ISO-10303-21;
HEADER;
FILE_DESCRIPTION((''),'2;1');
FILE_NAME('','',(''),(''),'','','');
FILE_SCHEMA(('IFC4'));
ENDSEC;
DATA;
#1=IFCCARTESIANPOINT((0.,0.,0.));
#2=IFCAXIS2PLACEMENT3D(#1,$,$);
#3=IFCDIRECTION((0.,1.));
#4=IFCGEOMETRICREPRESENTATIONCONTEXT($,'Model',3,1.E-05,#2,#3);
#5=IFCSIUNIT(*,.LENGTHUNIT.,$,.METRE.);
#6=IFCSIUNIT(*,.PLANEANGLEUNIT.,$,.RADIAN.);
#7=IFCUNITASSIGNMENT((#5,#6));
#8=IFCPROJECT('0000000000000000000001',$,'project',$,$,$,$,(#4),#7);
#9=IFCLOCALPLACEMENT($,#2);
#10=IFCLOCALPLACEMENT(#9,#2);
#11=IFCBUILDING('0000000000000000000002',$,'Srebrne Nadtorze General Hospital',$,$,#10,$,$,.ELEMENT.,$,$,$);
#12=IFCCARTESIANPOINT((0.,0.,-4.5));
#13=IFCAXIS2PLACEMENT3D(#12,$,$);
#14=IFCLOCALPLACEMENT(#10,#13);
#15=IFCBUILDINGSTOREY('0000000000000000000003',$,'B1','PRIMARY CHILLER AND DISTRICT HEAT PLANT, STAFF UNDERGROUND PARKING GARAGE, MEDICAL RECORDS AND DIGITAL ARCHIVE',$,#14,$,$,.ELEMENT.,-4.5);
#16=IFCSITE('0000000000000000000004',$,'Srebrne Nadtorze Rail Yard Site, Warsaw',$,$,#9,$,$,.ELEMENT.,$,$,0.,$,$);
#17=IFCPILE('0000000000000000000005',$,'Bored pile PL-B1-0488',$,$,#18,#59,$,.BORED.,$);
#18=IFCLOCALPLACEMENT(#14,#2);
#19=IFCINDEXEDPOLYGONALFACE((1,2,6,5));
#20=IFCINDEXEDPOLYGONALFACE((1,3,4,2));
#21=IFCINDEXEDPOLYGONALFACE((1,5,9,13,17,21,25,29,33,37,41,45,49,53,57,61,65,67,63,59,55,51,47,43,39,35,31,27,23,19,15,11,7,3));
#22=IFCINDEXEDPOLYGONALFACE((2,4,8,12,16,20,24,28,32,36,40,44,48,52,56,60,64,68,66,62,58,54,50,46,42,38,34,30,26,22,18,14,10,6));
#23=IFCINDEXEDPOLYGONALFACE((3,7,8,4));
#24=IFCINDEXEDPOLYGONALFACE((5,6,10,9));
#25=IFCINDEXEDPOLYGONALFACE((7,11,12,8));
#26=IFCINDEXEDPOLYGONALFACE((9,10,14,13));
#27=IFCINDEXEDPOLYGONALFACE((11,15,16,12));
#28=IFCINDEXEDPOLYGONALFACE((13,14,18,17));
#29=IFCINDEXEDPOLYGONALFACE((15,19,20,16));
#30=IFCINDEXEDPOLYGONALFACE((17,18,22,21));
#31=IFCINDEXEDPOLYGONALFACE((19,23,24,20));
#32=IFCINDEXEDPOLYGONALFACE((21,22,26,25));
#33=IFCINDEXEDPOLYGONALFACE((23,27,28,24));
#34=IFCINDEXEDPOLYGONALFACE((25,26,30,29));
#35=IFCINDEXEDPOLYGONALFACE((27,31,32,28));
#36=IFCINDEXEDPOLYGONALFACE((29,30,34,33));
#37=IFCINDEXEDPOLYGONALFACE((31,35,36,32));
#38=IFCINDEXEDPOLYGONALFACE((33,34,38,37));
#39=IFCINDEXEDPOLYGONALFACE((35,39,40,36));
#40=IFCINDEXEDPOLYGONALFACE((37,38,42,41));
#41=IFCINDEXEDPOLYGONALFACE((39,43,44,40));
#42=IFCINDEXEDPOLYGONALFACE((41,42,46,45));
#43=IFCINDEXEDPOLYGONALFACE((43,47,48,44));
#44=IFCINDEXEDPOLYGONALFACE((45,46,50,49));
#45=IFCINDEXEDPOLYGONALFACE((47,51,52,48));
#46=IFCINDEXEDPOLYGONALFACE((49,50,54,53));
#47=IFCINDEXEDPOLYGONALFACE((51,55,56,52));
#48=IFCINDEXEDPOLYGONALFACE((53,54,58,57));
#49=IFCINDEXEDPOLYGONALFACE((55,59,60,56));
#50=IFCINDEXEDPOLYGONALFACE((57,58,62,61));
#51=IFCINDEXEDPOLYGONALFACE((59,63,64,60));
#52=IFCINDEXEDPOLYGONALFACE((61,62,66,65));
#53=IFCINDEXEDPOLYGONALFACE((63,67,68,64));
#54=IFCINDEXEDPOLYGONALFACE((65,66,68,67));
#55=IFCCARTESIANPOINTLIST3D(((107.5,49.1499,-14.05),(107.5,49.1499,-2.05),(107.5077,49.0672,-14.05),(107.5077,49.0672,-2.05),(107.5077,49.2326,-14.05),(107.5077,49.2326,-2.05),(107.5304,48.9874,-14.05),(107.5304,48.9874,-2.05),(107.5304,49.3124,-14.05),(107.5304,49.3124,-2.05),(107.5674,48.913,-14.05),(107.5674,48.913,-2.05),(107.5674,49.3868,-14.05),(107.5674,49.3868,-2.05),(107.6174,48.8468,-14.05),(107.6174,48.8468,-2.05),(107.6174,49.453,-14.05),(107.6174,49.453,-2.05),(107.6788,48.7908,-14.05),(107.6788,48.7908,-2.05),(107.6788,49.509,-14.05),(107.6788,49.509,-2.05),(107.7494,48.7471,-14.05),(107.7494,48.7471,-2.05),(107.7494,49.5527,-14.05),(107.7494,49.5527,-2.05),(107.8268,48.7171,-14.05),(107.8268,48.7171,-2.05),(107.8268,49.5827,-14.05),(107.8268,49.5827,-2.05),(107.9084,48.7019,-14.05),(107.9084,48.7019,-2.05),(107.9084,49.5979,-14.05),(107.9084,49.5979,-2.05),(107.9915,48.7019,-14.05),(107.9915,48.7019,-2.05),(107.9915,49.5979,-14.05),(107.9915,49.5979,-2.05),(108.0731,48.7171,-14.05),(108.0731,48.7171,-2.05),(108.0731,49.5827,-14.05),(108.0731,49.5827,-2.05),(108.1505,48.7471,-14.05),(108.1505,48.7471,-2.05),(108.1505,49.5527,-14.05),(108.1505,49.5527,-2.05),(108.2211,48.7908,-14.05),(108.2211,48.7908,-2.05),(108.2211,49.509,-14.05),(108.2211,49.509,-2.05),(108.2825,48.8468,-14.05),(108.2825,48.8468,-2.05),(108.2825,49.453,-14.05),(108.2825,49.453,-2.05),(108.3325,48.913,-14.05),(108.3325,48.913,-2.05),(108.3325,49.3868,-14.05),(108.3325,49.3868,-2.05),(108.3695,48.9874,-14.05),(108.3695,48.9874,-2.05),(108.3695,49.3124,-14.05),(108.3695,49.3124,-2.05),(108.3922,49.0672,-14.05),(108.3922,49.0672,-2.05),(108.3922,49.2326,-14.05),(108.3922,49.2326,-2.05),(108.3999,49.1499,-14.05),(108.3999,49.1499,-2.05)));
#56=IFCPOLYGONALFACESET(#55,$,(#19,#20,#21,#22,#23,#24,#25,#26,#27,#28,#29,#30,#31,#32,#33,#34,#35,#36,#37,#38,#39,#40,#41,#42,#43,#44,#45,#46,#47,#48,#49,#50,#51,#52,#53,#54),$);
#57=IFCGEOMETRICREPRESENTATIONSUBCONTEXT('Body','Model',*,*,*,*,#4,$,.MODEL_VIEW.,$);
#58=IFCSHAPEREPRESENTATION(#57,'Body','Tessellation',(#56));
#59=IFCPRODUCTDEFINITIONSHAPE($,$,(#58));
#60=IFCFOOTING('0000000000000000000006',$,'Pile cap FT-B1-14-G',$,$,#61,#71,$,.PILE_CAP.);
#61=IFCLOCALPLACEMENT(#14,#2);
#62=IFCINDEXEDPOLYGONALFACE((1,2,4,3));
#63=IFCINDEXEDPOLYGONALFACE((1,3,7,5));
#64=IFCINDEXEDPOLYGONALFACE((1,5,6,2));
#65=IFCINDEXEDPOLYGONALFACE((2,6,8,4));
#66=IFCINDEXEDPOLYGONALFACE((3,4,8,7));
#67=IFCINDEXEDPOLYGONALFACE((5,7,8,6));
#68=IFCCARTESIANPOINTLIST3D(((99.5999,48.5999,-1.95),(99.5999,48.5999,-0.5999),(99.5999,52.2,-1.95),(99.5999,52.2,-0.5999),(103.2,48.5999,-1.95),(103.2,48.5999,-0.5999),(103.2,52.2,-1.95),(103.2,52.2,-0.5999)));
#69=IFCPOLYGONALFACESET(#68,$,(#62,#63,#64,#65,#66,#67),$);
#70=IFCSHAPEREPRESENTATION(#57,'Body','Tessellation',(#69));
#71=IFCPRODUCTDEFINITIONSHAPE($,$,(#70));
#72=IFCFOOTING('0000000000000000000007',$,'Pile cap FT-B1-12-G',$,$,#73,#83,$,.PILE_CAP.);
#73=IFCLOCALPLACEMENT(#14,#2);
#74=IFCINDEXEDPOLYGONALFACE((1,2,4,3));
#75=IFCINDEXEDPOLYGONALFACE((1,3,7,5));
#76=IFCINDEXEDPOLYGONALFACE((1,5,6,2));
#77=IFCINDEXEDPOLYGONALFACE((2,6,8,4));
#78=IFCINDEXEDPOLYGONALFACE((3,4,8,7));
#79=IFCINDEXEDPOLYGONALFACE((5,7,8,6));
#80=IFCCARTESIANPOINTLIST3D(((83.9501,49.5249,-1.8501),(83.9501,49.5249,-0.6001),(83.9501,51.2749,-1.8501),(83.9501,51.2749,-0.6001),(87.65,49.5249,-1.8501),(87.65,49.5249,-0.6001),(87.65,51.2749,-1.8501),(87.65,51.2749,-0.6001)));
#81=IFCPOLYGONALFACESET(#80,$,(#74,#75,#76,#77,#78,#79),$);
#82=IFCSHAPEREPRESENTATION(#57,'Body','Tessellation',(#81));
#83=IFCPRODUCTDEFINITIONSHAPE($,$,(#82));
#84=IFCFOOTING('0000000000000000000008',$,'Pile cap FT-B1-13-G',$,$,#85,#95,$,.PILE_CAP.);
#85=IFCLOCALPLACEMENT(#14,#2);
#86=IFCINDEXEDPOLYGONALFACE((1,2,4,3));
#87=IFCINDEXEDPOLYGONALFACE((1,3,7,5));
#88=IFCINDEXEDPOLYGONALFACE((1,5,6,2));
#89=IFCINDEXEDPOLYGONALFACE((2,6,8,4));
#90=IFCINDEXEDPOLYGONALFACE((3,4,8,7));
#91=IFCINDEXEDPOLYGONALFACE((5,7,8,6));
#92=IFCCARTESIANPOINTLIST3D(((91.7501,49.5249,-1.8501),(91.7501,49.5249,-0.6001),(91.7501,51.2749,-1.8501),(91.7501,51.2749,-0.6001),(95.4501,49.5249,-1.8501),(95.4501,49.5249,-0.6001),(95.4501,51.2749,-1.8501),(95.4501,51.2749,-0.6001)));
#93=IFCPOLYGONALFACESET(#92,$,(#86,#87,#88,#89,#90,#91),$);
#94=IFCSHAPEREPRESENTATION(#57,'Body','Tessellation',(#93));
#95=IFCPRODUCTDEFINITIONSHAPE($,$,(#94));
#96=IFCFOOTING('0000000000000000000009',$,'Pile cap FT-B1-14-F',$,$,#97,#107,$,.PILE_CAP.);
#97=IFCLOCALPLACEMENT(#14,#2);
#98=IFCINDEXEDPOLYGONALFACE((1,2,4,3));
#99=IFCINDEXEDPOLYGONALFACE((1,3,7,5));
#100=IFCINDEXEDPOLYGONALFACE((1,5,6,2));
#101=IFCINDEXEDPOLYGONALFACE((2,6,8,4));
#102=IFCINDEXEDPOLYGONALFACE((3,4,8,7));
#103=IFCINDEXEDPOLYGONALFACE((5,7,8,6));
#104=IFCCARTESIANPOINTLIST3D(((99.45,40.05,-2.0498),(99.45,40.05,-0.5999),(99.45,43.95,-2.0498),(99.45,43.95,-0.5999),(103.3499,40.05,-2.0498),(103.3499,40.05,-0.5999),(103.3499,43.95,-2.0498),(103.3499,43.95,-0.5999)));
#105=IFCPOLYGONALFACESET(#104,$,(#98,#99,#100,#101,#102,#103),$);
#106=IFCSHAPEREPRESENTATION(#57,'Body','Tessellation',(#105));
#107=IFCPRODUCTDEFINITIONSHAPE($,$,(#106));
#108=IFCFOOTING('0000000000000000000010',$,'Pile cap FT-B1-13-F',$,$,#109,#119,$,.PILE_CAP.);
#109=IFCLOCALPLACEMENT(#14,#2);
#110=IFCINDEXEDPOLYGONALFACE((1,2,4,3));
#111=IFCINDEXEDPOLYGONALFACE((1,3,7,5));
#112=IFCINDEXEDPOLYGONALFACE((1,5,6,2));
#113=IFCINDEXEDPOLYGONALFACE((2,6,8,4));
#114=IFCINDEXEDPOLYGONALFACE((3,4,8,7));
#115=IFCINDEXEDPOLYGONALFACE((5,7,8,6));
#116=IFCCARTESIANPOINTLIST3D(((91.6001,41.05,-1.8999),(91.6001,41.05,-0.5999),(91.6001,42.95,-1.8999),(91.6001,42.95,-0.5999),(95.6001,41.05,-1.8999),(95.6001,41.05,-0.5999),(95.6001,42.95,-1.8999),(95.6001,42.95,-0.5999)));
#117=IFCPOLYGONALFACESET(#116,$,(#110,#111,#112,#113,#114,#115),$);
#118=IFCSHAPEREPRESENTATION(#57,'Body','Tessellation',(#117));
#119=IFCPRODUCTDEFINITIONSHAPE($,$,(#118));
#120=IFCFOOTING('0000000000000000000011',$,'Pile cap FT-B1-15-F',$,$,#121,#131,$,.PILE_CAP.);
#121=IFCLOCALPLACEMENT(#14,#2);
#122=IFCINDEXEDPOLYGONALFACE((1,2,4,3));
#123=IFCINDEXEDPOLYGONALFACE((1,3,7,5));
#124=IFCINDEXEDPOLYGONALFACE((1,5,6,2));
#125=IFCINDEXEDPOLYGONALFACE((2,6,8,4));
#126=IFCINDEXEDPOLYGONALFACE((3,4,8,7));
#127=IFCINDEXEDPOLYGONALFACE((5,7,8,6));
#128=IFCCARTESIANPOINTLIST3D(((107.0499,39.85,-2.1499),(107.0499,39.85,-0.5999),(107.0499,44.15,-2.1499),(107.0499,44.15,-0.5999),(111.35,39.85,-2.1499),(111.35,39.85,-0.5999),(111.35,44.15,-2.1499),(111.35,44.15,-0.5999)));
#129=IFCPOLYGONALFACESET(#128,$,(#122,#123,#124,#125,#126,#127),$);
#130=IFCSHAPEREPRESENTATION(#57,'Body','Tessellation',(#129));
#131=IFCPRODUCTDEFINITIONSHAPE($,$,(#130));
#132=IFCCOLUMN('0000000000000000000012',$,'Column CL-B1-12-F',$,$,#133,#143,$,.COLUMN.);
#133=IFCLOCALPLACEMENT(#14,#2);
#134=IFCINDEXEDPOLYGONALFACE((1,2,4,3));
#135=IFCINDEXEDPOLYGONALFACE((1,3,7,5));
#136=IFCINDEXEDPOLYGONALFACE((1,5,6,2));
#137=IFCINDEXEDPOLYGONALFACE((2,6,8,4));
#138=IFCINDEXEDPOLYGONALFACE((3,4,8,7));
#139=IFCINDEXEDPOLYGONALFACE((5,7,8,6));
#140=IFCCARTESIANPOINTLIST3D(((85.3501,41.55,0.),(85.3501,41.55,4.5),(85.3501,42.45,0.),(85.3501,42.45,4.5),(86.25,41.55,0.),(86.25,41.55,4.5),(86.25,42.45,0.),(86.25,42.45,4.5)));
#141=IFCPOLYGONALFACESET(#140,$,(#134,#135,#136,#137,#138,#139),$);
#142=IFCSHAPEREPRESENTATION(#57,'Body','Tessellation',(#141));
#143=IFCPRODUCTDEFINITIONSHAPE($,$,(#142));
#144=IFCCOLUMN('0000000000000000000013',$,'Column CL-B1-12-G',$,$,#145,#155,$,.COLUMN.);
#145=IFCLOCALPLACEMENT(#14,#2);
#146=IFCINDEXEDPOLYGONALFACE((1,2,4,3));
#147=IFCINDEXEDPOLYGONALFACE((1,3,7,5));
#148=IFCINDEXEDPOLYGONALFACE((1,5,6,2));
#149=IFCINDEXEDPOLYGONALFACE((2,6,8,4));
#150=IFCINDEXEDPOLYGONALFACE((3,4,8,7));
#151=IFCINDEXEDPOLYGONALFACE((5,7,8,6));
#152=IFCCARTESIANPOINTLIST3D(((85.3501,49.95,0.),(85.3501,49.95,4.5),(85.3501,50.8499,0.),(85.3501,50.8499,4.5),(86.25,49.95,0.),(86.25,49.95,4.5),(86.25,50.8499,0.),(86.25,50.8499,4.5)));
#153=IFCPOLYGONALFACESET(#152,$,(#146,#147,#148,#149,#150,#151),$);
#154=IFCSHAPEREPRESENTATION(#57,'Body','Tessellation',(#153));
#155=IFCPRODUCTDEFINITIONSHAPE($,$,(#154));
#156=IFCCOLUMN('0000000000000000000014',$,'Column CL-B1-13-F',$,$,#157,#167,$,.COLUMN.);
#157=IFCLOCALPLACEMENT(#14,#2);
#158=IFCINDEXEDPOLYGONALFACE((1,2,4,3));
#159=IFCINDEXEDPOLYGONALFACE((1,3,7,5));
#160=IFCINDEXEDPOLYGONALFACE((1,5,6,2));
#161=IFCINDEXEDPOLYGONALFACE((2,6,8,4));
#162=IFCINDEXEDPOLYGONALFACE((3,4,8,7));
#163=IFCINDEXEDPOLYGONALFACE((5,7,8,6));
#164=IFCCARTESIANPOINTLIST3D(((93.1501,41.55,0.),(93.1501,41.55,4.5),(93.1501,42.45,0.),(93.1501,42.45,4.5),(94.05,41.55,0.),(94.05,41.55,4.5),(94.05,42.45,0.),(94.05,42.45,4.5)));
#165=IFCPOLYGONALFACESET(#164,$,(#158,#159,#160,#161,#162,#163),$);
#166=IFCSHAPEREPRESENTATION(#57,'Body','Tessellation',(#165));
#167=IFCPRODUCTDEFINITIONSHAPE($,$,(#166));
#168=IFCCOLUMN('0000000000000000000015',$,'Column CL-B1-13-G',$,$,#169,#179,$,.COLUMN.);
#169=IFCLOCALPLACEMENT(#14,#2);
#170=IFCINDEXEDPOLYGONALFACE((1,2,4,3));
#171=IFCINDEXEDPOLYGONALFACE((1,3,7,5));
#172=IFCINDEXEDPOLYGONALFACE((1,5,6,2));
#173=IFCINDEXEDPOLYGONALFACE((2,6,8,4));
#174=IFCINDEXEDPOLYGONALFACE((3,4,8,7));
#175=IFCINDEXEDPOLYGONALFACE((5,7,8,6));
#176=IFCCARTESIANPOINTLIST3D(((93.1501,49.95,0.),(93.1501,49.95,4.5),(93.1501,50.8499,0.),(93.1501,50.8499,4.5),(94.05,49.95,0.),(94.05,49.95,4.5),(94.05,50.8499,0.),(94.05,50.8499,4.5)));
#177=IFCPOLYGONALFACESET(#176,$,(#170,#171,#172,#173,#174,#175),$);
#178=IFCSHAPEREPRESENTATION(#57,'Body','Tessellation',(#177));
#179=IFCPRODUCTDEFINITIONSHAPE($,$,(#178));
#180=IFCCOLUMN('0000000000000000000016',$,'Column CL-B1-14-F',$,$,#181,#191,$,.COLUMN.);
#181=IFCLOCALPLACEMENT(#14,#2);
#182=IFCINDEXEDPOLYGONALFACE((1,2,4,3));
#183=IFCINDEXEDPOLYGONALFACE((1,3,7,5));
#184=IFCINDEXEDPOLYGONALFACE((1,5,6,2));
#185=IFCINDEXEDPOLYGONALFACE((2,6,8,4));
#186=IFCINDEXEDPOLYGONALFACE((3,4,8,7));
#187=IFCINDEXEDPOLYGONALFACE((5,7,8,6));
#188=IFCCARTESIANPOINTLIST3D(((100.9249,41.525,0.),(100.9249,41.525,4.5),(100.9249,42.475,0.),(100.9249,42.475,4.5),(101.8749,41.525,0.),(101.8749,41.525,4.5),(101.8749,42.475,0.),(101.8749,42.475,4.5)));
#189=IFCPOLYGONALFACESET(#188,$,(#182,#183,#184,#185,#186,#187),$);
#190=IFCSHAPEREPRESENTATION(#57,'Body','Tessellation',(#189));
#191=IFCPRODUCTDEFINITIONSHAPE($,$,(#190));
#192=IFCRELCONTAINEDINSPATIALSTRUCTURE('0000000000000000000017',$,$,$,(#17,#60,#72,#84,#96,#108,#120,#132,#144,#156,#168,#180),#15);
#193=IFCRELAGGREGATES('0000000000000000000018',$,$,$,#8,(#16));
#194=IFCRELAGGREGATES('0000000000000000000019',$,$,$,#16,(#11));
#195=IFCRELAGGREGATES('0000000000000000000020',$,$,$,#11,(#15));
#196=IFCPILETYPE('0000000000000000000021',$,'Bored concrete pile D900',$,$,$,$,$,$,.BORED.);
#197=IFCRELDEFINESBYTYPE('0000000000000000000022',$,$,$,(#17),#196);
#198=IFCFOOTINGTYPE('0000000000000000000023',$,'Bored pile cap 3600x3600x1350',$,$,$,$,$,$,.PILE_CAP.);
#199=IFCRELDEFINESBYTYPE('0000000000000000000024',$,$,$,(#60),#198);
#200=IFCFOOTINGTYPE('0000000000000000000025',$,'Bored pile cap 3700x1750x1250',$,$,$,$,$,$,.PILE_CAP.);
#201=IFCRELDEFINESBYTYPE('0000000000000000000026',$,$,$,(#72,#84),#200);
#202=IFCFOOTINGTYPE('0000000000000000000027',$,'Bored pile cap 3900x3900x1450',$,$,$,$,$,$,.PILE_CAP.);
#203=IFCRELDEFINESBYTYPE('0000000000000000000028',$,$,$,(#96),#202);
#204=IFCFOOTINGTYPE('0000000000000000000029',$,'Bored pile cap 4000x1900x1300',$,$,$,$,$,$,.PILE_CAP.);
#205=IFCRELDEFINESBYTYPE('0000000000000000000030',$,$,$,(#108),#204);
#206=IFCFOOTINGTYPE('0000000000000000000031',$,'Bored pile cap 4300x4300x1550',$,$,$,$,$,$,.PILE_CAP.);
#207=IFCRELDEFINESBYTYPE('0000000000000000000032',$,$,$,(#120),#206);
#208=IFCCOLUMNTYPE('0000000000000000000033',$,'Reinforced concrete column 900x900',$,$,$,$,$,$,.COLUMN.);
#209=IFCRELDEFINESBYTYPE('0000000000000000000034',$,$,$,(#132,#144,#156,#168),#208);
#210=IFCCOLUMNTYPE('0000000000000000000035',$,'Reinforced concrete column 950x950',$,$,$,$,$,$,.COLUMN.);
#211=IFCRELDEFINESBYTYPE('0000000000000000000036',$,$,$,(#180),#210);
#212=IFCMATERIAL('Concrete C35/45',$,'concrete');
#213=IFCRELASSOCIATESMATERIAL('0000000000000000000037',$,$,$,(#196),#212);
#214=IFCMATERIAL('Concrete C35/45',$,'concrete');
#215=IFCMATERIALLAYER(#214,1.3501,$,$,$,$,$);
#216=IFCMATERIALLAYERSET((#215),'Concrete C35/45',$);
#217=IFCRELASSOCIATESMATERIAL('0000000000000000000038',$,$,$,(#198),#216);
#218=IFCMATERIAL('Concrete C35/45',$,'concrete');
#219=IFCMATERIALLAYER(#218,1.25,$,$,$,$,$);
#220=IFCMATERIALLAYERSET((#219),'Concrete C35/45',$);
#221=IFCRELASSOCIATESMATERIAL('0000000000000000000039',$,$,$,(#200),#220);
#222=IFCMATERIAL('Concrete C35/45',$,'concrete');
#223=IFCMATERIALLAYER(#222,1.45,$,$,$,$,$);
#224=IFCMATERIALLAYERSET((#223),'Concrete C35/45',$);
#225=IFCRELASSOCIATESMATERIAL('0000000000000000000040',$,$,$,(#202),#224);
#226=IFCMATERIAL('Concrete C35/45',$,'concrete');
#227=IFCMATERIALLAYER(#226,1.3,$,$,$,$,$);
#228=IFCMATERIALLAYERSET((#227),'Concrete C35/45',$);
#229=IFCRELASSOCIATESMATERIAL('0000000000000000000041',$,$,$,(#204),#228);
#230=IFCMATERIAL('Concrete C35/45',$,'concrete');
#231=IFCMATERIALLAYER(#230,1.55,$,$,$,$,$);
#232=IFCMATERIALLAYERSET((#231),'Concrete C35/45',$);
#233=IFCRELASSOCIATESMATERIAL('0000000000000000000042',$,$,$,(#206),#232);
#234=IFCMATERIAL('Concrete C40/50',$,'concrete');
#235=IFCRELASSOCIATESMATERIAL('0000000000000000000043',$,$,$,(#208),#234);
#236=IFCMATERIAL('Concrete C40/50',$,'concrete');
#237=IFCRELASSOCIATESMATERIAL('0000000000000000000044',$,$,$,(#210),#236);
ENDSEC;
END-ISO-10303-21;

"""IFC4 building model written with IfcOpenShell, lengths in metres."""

from ifc_helpers import new_model, si_unit, direction, frame, origin, origin_2d, place, context, subcontext, project, spatial, rectangle, circle, extrude, material, layer, layer_set, material_profile, profile_set, type_object, element, save


model = new_model("IFC4")

# Units and contexts
model_context = context("Model", 3, precision=1e-05, world=origin(), true_north=direction((0.0, 1.0)))
body_context = subcontext(model_context, "Body", "Model", "MODEL_VIEW")
ifc_project = project(units=[si_unit("LENGTHUNIT", "METRE"), si_unit("PLANEANGLEUNIT", "RADIAN")], contexts=[model_context])

# Site, building, storey
site_placement = place(None, origin())
site = spatial("IfcSite", under=ifc_project, at=site_placement, Name="Srebrne Nadtorze Rail Yard Site, Warsaw", CompositionType="ELEMENT", RefElevation=0.0)
building_placement = place(site_placement, origin())
building = spatial("IfcBuilding", under=site, at=building_placement, Name="Srebrne Nadtorze General Hospital", CompositionType="ELEMENT")
storey_placement = place(building_placement, frame((0.0, 0.0, -4.5)))
storey = spatial("IfcBuildingStorey", under=building, at=storey_placement, Name="B1", Description="PRIMARY CHILLER AND DISTRICT HEAT PLANT, STAFF UNDERGROUND PARKING GARAGE, MEDICAL RECORDS AND DIGITAL ARCHIVE", CompositionType="ELEMENT", Elevation=-4.5)

# Pile
ifc_material_1 = material(Name="Concrete C35/45", Category="concrete")
ifc_material_profile_1 = material_profile(ifc_material_1, circle(Radius=0.45, at=origin_2d()), Name="PILE-D900")
ifc_profile_set_1 = profile_set([ifc_material_profile_1], Name="Concrete C35/45")
pile_type_1 = type_object("IfcPileType", Name="Bored concrete pile D900", PredefinedType="BORED", material=ifc_profile_set_1)
for number, where, z_axis, x_axis, name in (
    (1, (107.95, 49.1499, -2.05), (0.0, 0.0, -1.0), (1.0, 0.0, 0.0), "Bored pile PL-B1-0488"),
):
    element("IfcPile", number, at=place(storey_placement, frame(where, z_axis=z_axis, x_axis=x_axis)), inside=storey, type_object=pile_type_1, Name=name, PredefinedType="BORED", context=body_context, shape_type="SweptSolid", body=[
        extrude(circle(Radius=0.45, at=origin_2d()), origin(), (0.0, 0.0, 1.0), 12.0),
    ])

# Footings
ifc_material_2 = material(Name="Concrete C35/45", Category="concrete")
ifc_layer_1 = layer(ifc_material_2, 1.3501)
ifc_layer_set_1 = layer_set([ifc_layer_1], Name="Concrete C35/45")
footing_type_1 = type_object("IfcFootingType", Name="Bored pile cap 3600x3600x1350", PredefinedType="PILE_CAP", material=ifc_layer_set_1)
footing_1_placement = place(storey_placement, frame((101.3999, 50.3999, -1.95), z_axis=(0.0, 0.0, 1.0), x_axis=(1.0, 0.0, 0.0)))
element("IfcFooting", 2, at=footing_1_placement, inside=storey, type_object=footing_type_1, Name="Pile cap FT-B1-14-G", PredefinedType="PILE_CAP", context=body_context, shape_type="SweptSolid", body=[
    extrude(rectangle(XDim=3.6001, YDim=3.6001, at=origin_2d()), origin(), (0.0, 0.0, 1.0), 1.3501),
])
ifc_material_3 = material(Name="Concrete C35/45", Category="concrete")
ifc_layer_2 = layer(ifc_material_3, 1.25)
ifc_layer_set_2 = layer_set([ifc_layer_2], Name="Concrete C35/45")
footing_type_2 = type_object("IfcFootingType", Name="Bored pile cap 3700x1750x1250", PredefinedType="PILE_CAP", material=ifc_layer_set_2)
for number, where, z_axis, x_axis, name in (
    (3, (85.8, 50.3999, -1.8501), (0.0, 0.0, 1.0), (1.0, 0.0, 0.0), "Pile cap FT-B1-12-G"),
    (4, (93.6001, 50.3999, -1.8501), (0.0, 0.0, 1.0), (1.0, 0.0, 0.0), "Pile cap FT-B1-13-G"),
):
    element("IfcFooting", number, at=place(storey_placement, frame(where, z_axis=z_axis, x_axis=x_axis)), inside=storey, type_object=footing_type_2, Name=name, PredefinedType="PILE_CAP", context=body_context, shape_type="SweptSolid", body=[
        extrude(rectangle(XDim=3.7, YDim=1.75, at=origin_2d()), origin(), (0.0, 0.0, 1.0), 1.25),
    ])
ifc_material_4 = material(Name="Concrete C35/45", Category="concrete")
ifc_layer_3 = layer(ifc_material_4, 1.45)
ifc_layer_set_3 = layer_set([ifc_layer_3], Name="Concrete C35/45")
footing_type_3 = type_object("IfcFootingType", Name="Bored pile cap 3900x3900x1450", PredefinedType="PILE_CAP", material=ifc_layer_set_3)
footing_2_placement = place(storey_placement, frame((101.3999, 42.0, -2.0498), z_axis=(0.0, 0.0, 1.0), x_axis=(1.0, 0.0, 0.0)))
element("IfcFooting", 5, at=footing_2_placement, inside=storey, type_object=footing_type_3, Name="Pile cap FT-B1-14-F", PredefinedType="PILE_CAP", context=body_context, shape_type="SweptSolid", body=[
    extrude(rectangle(XDim=3.8999, YDim=3.8999, at=origin_2d()), origin(), (0.0, 0.0, 1.0), 1.45),
])
ifc_material_5 = material(Name="Concrete C35/45", Category="concrete")
ifc_layer_4 = layer(ifc_material_5, 1.3)
ifc_layer_set_4 = layer_set([ifc_layer_4], Name="Concrete C35/45")
footing_type_4 = type_object("IfcFootingType", Name="Bored pile cap 4000x1900x1300", PredefinedType="PILE_CAP", material=ifc_layer_set_4)
footing_3_placement = place(storey_placement, frame((93.6001, 42.0, -1.8999), z_axis=(0.0, 0.0, 1.0), x_axis=(1.0, 0.0, 0.0)))
element("IfcFooting", 6, at=footing_3_placement, inside=storey, type_object=footing_type_4, Name="Pile cap FT-B1-13-F", PredefinedType="PILE_CAP", context=body_context, shape_type="SweptSolid", body=[
    extrude(rectangle(XDim=4.0, YDim=1.8999, at=origin_2d()), origin(), (0.0, 0.0, 1.0), 1.3),
])
ifc_material_6 = material(Name="Concrete C35/45", Category="concrete")
ifc_layer_5 = layer(ifc_material_6, 1.55)
ifc_layer_set_5 = layer_set([ifc_layer_5], Name="Concrete C35/45")
footing_type_5 = type_object("IfcFootingType", Name="Bored pile cap 4300x4300x1550", PredefinedType="PILE_CAP", material=ifc_layer_set_5)
footing_4_placement = place(storey_placement, frame((109.2, 42.0, -2.1499), z_axis=(0.0, 0.0, 1.0), x_axis=(1.0, 0.0, 0.0)))
element("IfcFooting", 7, at=footing_4_placement, inside=storey, type_object=footing_type_5, Name="Pile cap FT-B1-15-F", PredefinedType="PILE_CAP", context=body_context, shape_type="SweptSolid", body=[
    extrude(rectangle(XDim=4.3, YDim=4.3, at=origin_2d()), origin(), (0.0, 0.0, 1.0), 1.55),
])

# Columns
ifc_material_7 = material(Name="Concrete C40/50", Category="concrete")
ifc_material_profile_2 = material_profile(ifc_material_7, rectangle(XDim=0.8999, YDim=0.8999, at=origin_2d()), Name="RC-COL-900x900")
ifc_profile_set_2 = profile_set([ifc_material_profile_2], Name="Concrete C40/50")
column_type_1 = type_object("IfcColumnType", Name="Reinforced concrete column 900x900", PredefinedType="COLUMN", material=ifc_profile_set_2)
for number, where, z_axis, x_axis, name in (
    (8, (85.8, 42.0, 0.0), (0.0, 0.0, 1.0), (1.0, 0.0, 0.0), "Column CL-B1-12-F"),
    (9, (85.8, 50.3999, 0.0), (0.0, 0.0, 1.0), (1.0, 0.0, 0.0), "Column CL-B1-12-G"),
    (10, (93.6001, 42.0, 0.0), (0.0, 0.0, 1.0), (1.0, 0.0, 0.0), "Column CL-B1-13-F"),
    (11, (93.6001, 50.3999, 0.0), (0.0, 0.0, 1.0), (1.0, 0.0, 0.0), "Column CL-B1-13-G"),
):
    element("IfcColumn", number, at=place(storey_placement, frame(where, z_axis=z_axis, x_axis=x_axis)), inside=storey, type_object=column_type_1, Name=name, PredefinedType="COLUMN", context=body_context, shape_type="SweptSolid", body=[
        extrude(rectangle(XDim=0.8999, YDim=0.8999, at=origin_2d()), origin(), (0.0, 0.0, 1.0), 4.5),
    ])
ifc_material_8 = material(Name="Concrete C40/50", Category="concrete")
ifc_material_profile_3 = material_profile(ifc_material_8, rectangle(XDim=0.95, YDim=0.95, at=origin_2d()), Name="RC-COL-950x950")
ifc_profile_set_3 = profile_set([ifc_material_profile_3], Name="Concrete C40/50")
column_type_2 = type_object("IfcColumnType", Name="Reinforced concrete column 950x950", PredefinedType="COLUMN", material=ifc_profile_set_3)
for number, where, z_axis, x_axis, name in (
    (12, (101.3999, 42.0, 0.0), (0.0, 0.0, 1.0), (1.0, 0.0, 0.0), "Column CL-B1-14-F"),
):
    element("IfcColumn", number, at=place(storey_placement, frame(where, z_axis=z_axis, x_axis=x_axis)), inside=storey, type_object=column_type_2, Name=name, PredefinedType="COLUMN", context=body_context, shape_type="SweptSolid", body=[
        extrude(rectangle(XDim=0.95, YDim=0.95, at=origin_2d()), origin(), (0.0, 0.0, 1.0), 4.5),
    ])

save(model, "model.ifc")
